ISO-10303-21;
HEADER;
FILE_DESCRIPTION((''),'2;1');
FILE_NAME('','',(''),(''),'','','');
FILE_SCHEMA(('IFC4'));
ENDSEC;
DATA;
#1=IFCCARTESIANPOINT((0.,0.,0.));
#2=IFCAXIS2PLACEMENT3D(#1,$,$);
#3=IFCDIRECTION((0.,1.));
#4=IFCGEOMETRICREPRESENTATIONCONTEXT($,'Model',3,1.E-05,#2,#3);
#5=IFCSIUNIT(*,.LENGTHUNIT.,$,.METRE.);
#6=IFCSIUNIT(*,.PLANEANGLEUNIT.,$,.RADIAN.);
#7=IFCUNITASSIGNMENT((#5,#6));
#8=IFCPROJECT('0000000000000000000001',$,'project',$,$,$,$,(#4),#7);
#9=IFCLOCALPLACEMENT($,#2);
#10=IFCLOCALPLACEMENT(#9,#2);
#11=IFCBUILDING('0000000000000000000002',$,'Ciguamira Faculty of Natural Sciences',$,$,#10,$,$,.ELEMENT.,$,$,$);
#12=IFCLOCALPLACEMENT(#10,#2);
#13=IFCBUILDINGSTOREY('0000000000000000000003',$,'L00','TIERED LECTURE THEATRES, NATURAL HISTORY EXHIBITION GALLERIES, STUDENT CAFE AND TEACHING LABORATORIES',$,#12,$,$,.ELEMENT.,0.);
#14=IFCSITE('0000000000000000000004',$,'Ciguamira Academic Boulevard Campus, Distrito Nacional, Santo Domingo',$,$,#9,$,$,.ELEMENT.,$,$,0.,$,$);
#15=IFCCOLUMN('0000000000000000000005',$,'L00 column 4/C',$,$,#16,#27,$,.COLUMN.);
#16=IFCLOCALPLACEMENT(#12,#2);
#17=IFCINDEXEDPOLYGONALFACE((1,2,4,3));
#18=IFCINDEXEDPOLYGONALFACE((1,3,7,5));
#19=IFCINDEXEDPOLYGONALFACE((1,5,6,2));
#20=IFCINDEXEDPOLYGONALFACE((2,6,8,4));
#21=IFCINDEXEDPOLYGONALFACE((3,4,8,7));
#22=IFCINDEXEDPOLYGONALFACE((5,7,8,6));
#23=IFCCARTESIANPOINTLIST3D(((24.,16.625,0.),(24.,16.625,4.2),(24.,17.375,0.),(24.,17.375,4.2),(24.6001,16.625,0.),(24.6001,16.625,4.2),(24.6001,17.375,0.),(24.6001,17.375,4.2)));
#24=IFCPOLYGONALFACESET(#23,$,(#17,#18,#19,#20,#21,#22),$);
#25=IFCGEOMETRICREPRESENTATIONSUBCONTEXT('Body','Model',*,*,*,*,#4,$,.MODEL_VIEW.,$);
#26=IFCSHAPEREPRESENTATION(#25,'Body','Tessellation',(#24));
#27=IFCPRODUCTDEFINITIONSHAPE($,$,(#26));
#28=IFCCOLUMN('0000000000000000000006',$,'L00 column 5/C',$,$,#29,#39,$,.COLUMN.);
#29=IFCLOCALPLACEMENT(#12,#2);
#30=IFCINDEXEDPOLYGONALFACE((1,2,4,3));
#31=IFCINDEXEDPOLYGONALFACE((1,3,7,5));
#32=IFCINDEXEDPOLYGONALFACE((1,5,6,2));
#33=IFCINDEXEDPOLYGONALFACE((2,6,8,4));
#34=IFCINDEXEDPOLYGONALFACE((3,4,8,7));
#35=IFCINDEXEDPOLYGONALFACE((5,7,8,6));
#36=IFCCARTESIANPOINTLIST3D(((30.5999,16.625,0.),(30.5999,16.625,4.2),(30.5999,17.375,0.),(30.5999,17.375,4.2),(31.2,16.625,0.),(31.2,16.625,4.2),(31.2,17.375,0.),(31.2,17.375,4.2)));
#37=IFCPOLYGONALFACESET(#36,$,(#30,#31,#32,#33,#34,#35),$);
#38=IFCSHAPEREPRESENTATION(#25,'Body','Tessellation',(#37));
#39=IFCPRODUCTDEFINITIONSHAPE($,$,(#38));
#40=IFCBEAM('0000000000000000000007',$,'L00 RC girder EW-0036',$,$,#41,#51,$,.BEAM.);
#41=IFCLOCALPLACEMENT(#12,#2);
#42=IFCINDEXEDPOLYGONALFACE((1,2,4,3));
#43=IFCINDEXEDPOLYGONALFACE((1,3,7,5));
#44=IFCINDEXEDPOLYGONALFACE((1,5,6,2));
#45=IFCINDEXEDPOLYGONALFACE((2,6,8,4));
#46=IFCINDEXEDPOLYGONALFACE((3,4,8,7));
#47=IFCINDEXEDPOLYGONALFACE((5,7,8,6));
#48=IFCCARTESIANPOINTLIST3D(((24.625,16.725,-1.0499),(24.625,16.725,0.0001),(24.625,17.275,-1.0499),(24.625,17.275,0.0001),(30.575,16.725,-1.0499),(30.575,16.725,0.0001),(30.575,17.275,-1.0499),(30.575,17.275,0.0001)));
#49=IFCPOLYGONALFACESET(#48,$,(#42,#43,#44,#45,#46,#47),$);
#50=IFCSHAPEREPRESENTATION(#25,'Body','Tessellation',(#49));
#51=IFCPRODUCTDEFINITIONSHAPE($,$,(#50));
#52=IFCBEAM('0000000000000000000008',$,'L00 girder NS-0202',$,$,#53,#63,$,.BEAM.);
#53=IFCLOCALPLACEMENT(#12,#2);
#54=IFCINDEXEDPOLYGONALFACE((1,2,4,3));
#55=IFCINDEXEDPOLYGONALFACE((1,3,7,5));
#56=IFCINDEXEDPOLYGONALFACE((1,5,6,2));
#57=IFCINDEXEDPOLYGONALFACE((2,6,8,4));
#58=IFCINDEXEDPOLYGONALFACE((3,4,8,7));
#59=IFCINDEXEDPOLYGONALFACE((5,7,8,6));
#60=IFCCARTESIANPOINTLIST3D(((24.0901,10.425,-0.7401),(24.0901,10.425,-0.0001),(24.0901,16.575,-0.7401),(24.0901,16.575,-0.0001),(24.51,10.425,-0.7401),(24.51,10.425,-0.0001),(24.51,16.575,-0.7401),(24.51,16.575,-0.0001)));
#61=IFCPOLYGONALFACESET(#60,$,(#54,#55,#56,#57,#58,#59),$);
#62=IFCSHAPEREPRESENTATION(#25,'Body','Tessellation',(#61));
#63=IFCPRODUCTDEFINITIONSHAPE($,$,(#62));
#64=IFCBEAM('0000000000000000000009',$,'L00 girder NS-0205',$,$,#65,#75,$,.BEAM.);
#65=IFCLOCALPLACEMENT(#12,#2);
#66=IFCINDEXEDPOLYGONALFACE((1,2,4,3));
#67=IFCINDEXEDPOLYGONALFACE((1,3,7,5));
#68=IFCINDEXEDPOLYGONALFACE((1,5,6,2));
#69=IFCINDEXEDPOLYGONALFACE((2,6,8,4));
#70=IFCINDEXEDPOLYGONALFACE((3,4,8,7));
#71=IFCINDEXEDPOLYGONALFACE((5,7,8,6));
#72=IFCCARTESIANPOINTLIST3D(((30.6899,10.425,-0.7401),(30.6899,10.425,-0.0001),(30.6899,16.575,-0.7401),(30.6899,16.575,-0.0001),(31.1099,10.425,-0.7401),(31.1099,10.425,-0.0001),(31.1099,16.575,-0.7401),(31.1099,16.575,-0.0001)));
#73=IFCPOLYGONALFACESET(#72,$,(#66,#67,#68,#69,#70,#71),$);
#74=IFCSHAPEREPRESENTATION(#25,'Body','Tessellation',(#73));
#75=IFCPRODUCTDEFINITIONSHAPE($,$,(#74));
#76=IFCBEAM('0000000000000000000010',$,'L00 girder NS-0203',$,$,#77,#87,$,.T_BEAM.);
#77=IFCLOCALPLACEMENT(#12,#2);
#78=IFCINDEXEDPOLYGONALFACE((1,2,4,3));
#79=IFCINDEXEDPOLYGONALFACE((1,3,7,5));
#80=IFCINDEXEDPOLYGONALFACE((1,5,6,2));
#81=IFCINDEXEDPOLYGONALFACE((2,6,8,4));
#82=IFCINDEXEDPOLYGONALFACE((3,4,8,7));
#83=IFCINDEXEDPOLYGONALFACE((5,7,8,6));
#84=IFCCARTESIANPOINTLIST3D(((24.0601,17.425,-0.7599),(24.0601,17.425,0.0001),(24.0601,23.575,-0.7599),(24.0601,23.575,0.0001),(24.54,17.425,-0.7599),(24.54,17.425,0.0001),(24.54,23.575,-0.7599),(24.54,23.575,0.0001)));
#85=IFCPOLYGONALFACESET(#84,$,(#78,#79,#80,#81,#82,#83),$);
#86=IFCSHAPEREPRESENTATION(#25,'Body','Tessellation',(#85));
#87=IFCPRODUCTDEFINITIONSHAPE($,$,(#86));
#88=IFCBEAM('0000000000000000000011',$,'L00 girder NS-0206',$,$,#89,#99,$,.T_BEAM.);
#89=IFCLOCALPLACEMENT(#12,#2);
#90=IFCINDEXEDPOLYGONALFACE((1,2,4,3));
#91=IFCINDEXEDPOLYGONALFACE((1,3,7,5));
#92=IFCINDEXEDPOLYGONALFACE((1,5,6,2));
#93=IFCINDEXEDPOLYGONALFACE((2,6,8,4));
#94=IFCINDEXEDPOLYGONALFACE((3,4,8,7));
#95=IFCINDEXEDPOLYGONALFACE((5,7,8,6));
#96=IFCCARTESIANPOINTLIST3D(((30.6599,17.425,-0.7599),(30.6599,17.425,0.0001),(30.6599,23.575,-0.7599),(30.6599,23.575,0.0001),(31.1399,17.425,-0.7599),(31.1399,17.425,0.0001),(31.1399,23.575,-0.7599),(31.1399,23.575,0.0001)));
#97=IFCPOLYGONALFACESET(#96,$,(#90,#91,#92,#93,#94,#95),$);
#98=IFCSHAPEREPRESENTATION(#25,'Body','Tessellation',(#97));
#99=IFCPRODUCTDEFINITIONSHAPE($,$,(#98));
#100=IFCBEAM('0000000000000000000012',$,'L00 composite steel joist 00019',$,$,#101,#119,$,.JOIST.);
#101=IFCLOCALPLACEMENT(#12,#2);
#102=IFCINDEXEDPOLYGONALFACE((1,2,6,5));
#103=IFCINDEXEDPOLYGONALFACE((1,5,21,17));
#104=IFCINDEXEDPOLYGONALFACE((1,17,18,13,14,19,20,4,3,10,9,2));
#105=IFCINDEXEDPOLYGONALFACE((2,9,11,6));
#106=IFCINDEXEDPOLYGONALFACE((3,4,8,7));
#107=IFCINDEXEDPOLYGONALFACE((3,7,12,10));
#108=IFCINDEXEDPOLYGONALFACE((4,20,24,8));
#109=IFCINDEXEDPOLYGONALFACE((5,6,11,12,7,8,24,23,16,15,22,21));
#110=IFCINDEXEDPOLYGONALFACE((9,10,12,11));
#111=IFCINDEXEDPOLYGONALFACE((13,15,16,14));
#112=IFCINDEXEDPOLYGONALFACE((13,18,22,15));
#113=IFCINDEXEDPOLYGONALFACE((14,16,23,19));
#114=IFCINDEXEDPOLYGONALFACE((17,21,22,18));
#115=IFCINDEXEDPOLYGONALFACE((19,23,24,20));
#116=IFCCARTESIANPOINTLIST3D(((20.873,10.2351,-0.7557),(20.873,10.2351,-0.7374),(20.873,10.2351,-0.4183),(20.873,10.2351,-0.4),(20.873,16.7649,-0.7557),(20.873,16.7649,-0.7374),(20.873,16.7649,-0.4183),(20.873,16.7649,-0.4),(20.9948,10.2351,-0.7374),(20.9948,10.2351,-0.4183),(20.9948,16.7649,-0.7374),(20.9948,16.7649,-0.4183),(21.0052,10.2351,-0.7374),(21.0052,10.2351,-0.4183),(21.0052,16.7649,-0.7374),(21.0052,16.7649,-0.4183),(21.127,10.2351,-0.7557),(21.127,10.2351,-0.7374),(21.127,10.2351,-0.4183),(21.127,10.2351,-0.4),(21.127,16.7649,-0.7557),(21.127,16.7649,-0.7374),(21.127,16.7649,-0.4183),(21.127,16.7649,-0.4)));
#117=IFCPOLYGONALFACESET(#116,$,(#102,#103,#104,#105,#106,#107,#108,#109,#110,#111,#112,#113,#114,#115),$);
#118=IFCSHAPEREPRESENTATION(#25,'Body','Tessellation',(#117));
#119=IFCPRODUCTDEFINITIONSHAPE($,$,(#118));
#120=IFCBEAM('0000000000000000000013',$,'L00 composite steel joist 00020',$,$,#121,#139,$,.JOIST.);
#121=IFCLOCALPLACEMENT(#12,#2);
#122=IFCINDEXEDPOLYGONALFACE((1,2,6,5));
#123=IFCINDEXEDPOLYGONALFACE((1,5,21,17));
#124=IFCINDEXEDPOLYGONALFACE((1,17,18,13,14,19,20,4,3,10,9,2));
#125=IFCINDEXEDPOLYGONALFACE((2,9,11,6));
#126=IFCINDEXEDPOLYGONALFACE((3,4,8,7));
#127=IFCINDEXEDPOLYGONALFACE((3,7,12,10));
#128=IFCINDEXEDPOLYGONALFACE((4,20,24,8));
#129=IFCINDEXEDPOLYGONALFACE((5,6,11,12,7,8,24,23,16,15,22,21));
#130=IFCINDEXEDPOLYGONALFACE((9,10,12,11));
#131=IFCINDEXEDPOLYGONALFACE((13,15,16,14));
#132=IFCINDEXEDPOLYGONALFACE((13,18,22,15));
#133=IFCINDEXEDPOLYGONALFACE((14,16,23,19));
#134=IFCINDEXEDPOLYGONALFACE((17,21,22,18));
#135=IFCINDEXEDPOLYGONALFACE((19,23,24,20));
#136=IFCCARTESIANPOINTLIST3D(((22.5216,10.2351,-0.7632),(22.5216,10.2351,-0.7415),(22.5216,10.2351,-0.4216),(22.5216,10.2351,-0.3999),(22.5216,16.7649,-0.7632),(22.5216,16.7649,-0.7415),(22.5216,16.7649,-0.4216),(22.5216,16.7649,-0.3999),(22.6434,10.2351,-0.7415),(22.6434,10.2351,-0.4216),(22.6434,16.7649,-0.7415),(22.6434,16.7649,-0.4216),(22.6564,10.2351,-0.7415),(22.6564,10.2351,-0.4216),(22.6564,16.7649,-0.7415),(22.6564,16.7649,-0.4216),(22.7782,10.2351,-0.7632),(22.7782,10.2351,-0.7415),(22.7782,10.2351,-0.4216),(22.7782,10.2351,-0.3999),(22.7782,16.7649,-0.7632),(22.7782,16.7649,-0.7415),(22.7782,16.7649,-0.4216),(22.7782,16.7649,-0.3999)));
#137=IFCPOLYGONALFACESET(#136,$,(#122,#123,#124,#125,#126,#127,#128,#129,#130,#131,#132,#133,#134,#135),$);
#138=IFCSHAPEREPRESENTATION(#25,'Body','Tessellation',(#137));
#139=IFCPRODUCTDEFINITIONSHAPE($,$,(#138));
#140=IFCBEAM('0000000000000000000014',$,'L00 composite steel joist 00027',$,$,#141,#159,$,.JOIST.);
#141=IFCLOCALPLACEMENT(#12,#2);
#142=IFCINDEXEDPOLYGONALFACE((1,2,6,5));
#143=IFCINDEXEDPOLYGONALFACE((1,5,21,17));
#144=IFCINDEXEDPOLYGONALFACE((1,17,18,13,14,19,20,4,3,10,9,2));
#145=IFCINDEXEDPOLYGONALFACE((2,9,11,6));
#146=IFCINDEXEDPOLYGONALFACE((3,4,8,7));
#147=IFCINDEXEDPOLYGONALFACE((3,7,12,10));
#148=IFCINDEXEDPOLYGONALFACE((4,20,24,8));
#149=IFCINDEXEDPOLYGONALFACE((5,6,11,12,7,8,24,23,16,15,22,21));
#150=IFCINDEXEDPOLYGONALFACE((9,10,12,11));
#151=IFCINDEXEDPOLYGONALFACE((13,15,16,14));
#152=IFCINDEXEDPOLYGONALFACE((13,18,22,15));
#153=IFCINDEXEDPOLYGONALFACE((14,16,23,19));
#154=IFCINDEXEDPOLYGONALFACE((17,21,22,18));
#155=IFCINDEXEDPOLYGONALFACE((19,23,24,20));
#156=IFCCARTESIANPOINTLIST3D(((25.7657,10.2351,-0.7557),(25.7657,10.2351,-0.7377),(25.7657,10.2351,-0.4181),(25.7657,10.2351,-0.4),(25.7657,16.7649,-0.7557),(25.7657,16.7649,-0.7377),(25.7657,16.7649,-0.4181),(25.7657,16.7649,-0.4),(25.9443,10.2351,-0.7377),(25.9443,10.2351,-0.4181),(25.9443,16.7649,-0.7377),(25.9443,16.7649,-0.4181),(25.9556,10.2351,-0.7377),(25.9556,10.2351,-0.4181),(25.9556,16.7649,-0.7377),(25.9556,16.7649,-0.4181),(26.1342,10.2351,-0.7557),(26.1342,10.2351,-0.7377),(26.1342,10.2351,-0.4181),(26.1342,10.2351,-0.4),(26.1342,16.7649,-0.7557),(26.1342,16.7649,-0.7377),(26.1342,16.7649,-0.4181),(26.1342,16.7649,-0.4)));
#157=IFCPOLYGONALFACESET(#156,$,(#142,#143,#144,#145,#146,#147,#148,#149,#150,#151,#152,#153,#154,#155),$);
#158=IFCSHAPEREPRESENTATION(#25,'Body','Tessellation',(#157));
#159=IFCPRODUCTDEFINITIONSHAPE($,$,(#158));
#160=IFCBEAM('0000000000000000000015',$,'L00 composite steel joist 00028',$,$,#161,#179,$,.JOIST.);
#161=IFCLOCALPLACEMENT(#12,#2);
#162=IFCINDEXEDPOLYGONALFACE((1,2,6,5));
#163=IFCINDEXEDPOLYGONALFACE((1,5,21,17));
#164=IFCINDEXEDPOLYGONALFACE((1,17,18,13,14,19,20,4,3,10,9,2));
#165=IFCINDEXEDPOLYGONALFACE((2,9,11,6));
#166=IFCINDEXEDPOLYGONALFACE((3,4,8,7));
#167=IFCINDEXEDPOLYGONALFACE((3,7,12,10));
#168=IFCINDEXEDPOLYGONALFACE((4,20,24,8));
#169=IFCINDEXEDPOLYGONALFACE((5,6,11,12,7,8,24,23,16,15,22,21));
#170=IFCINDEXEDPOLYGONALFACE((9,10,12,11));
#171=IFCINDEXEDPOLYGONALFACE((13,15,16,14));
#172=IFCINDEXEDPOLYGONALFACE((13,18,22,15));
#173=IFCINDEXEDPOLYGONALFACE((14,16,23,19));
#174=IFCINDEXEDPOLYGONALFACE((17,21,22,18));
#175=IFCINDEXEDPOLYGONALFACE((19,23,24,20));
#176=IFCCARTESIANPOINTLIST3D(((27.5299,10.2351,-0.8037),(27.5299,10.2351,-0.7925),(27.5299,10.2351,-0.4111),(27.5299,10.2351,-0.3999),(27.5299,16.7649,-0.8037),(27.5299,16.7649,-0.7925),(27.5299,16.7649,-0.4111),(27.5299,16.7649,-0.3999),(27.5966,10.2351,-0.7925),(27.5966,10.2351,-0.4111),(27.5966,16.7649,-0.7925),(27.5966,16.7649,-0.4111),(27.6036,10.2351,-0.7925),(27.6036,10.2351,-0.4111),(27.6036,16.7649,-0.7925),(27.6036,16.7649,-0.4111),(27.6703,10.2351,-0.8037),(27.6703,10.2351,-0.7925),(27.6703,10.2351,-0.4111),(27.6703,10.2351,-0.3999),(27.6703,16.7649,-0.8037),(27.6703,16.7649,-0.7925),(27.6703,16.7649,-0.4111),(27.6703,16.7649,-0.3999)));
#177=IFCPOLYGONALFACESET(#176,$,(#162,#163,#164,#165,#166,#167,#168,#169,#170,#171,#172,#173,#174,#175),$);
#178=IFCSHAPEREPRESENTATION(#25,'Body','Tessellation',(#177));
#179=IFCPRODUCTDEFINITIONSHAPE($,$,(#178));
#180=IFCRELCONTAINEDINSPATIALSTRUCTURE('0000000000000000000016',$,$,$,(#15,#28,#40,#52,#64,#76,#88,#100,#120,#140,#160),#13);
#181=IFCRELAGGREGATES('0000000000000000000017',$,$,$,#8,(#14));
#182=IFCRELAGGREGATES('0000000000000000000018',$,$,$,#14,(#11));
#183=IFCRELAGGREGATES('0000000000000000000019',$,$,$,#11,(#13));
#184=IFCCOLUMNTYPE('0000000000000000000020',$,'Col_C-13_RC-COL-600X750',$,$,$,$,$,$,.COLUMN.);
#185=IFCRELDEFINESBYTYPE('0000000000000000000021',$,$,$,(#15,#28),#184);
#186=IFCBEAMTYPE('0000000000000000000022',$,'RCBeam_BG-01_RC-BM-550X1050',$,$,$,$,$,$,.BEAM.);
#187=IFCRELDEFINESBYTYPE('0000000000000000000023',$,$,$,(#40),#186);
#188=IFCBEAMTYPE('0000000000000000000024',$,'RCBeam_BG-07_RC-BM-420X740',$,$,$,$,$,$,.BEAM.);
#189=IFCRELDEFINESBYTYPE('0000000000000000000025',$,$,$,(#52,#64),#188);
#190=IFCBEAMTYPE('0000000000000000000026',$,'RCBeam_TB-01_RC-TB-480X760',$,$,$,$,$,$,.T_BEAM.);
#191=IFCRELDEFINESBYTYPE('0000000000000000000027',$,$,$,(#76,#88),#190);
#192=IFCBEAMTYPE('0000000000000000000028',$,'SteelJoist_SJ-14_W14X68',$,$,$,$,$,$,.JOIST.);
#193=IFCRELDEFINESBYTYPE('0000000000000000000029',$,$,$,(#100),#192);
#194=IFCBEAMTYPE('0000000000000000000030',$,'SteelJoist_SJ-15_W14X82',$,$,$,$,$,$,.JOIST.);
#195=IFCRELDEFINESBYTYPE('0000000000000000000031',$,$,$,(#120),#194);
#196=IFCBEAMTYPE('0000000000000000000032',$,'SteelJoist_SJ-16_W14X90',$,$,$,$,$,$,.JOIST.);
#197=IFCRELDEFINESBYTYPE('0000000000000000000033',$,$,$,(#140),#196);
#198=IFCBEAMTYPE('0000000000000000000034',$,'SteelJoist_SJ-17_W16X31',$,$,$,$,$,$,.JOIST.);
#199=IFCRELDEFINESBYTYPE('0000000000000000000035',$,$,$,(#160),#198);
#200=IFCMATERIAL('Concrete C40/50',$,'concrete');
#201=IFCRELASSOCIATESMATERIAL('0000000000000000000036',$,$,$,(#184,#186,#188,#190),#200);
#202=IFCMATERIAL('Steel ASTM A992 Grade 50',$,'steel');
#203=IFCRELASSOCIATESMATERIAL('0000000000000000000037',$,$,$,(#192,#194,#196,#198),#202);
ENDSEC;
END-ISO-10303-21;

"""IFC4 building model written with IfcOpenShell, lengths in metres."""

from ifc_helpers import new_model, si_unit, direction, frame, origin, origin_2d, place, context, subcontext, project, spatial, rectangle, i_section, extrude, material, material_profile, profile_set, type_object, element, save


model = new_model("IFC4")

# Units and contexts
model_context = context("Model", 3, precision=1e-05, world=origin(), true_north=direction((0.0, 1.0)))
body_context = subcontext(model_context, "Body", "Model", "MODEL_VIEW")
ifc_project = project(units=[si_unit("LENGTHUNIT", "METRE"), si_unit("PLANEANGLEUNIT", "RADIAN")], contexts=[model_context])

# Site, building, storey
site_placement = place(None, origin())
site = spatial("IfcSite", under=ifc_project, at=site_placement, Name="Ciguamira Academic Boulevard Campus, Distrito Nacional, Santo Domingo", CompositionType="ELEMENT", RefElevation=0.0)
building_placement = place(site_placement, origin())
building = spatial("IfcBuilding", under=site, at=building_placement, Name="Ciguamira Faculty of Natural Sciences", CompositionType="ELEMENT")
storey_placement = place(building_placement, origin())
storey = spatial("IfcBuildingStorey", under=building, at=storey_placement, Name="L00", Description="TIERED LECTURE THEATRES, NATURAL HISTORY EXHIBITION GALLERIES, STUDENT CAFE AND TEACHING LABORATORIES", CompositionType="ELEMENT", Elevation=0.0)

# Columns
ifc_material_1 = material(Name="Concrete C40/50", Category="concrete")
ifc_material_profile_1 = material_profile(ifc_material_1, rectangle(XDim=0.6001, YDim=0.75, at=origin_2d()), Name="RC-COL-600X750")
ifc_profile_set_1 = profile_set([ifc_material_profile_1], Name="Concrete C40/50")
column_type = type_object("IfcColumnType", Name="Col_C-13_RC-COL-600X750", PredefinedType="COLUMN", material=ifc_profile_set_1)
for number, where, z_axis, x_axis, name in (
    (1, (24.3, 17.0, 0.0), (0.0, 0.0, 1.0), (1.0, 0.0, 0.0), "L00 column 4/C"),
    (2, (30.8999, 17.0, 0.0), (0.0, 0.0, 1.0), (1.0, 0.0, 0.0), "L00 column 5/C"),
):
    element("IfcColumn", number, at=place(storey_placement, frame(where, z_axis=z_axis, x_axis=x_axis)), inside=storey, type_object=column_type, Name=name, PredefinedType="COLUMN", context=body_context, shape_type="SweptSolid", body=[
        extrude(rectangle(XDim=0.6001, YDim=0.75, at=origin_2d()), origin(), (0.0, 0.0, 1.0), 4.2),
    ])

# Beams
ifc_material_profile_2 = material_profile(ifc_material_1, rectangle(XDim=0.55, YDim=1.05, at=origin_2d()), Name="RC-BM-550X1050")
ifc_profile_set_2 = profile_set([ifc_material_profile_2], Name="Concrete C40/50")
beam_type_1 = type_object("IfcBeamType", Name="RCBeam_BG-01_RC-BM-550X1050", PredefinedType="BEAM", material=ifc_profile_set_2)
beam_1_placement = place(storey_placement, frame((24.625, 17.0, -0.5249), z_axis=(1.0, 0.0, 0.0), x_axis=(0.0, 1.0, 0.0)))
element("IfcBeam", 3, at=beam_1_placement, inside=storey, type_object=beam_type_1, Name="L00 RC girder EW-0036", PredefinedType="BEAM", context=body_context, shape_type="SweptSolid", body=[
    extrude(rectangle(XDim=0.55, YDim=1.05, at=origin_2d()), origin(), (0.0, 0.0, 1.0), 5.95),
])
ifc_material_profile_3 = material_profile(ifc_material_1, rectangle(XDim=0.4199, YDim=0.74, at=origin_2d()), Name="RC-BM-420X740")
ifc_profile_set_3 = profile_set([ifc_material_profile_3], Name="Concrete C40/50")
beam_type_2 = type_object("IfcBeamType", Name="RCBeam_BG-07_RC-BM-420X740", PredefinedType="BEAM", material=ifc_profile_set_3)
for number, where, z_axis, x_axis, name in (
    (4, (24.3, 10.425, -0.3701), (0.0, 1.0, 0.0), (-1.0, 0.0, 0.0), "L00 girder NS-0202"),
    (5, (30.8999, 10.425, -0.3701), (0.0, 1.0, 0.0), (-1.0, 0.0, 0.0), "L00 girder NS-0205"),
):
    element("IfcBeam", number, at=place(storey_placement, frame(where, z_axis=z_axis, x_axis=x_axis)), inside=storey, type_object=beam_type_2, Name=name, PredefinedType="BEAM", context=body_context, shape_type="SweptSolid", body=[
        extrude(rectangle(XDim=0.4199, YDim=0.74, at=origin_2d()), origin(), (0.0, 0.0, 1.0), 6.1499),
    ])
ifc_material_profile_4 = material_profile(ifc_material_1, rectangle(XDim=0.48, YDim=0.76, at=origin_2d()), Name="RC-TB-480X760")
ifc_profile_set_4 = profile_set([ifc_material_profile_4], Name="Concrete C40/50")
beam_type_3 = type_object("IfcBeamType", Name="RCBeam_TB-01_RC-TB-480X760", PredefinedType="T_BEAM", material=ifc_profile_set_4)
for number, where, z_axis, x_axis, name in (
    (6, (24.3, 17.425, -0.3799), (0.0, 1.0, 0.0), (-1.0, 0.0, 0.0), "L00 girder NS-0203"),
    (7, (30.8999, 17.425, -0.3799), (0.0, 1.0, 0.0), (-1.0, 0.0, 0.0), "L00 girder NS-0206"),
):
    element("IfcBeam", number, at=place(storey_placement, frame(where, z_axis=z_axis, x_axis=x_axis)), inside=storey, type_object=beam_type_3, Name=name, PredefinedType="T_BEAM", context=body_context, shape_type="SweptSolid", body=[
        extrude(rectangle(XDim=0.48, YDim=0.76, at=origin_2d()), origin(), (0.0, 0.0, 1.0), 6.1499),
    ])
ifc_material_2 = material(Name="Steel ASTM A992 Grade 50", Category="steel")
ifc_material_profile_5 = material_profile(ifc_material_2, i_section(OverallWidth=0.2539, OverallDepth=0.3557, WebThickness=0.0105, FlangeThickness=0.0183, at=origin_2d()), Name="W14X68")
ifc_profile_set_5 = profile_set([ifc_material_profile_5], Name="Steel ASTM A992 Grade 50")
beam_type_4 = type_object("IfcBeamType", Name="SteelJoist_SJ-14_W14X68", PredefinedType="JOIST", material=ifc_profile_set_5)
beam_2_placement = place(storey_placement, frame((21.0, 10.2351, -0.5779), z_axis=(0.0, 1.0, 0.0), x_axis=(-1.0, 0.0, 0.0)))
element("IfcBeam", 8, at=beam_2_placement, inside=storey, type_object=beam_type_4, Name="L00 composite steel joist 00019", PredefinedType="JOIST", context=body_context, shape_type="SweptSolid", body=[
    extrude(i_section(OverallWidth=0.2539, OverallDepth=0.3557, WebThickness=0.0105, FlangeThickness=0.0183, at=origin_2d()), origin(), (0.0, 0.0, 1.0), 6.5298),
])
ifc_material_profile_6 = material_profile(ifc_material_2, i_section(OverallWidth=0.2566, OverallDepth=0.3633, WebThickness=0.0129, FlangeThickness=0.0217, at=origin_2d()), Name="W14X82")
ifc_profile_set_6 = profile_set([ifc_material_profile_6], Name="Steel ASTM A992 Grade 50")
beam_type_5 = type_object("IfcBeamType", Name="SteelJoist_SJ-15_W14X82", PredefinedType="JOIST", material=ifc_profile_set_6)
beam_3_placement = place(storey_placement, frame((22.6499, 10.2351, -0.5815), z_axis=(0.0, 1.0, 0.0), x_axis=(-1.0, 0.0, 0.0)))
element("IfcBeam", 9, at=beam_3_placement, inside=storey, type_object=beam_type_5, Name="L00 composite steel joist 00020", PredefinedType="JOIST", context=body_context, shape_type="SweptSolid", body=[
    extrude(i_section(OverallWidth=0.2566, OverallDepth=0.3633, WebThickness=0.0129, FlangeThickness=0.0217, at=origin_2d()), origin(), (0.0, 0.0, 1.0), 6.5298),
])
ifc_material_profile_7 = material_profile(ifc_material_2, i_section(OverallWidth=0.3684, OverallDepth=0.3557, WebThickness=0.0112, FlangeThickness=0.0181, at=origin_2d()), Name="W14X90")
ifc_profile_set_7 = profile_set([ifc_material_profile_7], Name="Steel ASTM A992 Grade 50")
beam_type_6 = type_object("IfcBeamType", Name="SteelJoist_SJ-16_W14X90", PredefinedType="JOIST", material=ifc_profile_set_7)
beam_4_placement = place(storey_placement, frame((25.95, 10.2351, -0.5779), z_axis=(0.0, 1.0, 0.0), x_axis=(-1.0, 0.0, 0.0)))
element("IfcBeam", 10, at=beam_4_placement, inside=storey, type_object=beam_type_6, Name="L00 composite steel joist 00027", PredefinedType="JOIST", context=body_context, shape_type="SweptSolid", body=[
    extrude(i_section(OverallWidth=0.3684, OverallDepth=0.3557, WebThickness=0.0112, FlangeThickness=0.0181, at=origin_2d()), origin(), (0.0, 0.0, 1.0), 6.5298),
])
ifc_material_profile_8 = material_profile(ifc_material_2, i_section(OverallWidth=0.1404, OverallDepth=0.4038, WebThickness=0.0071, FlangeThickness=0.0112, at=origin_2d()), Name="W16X31")
ifc_profile_set_8 = profile_set([ifc_material_profile_8], Name="Steel ASTM A992 Grade 50")
beam_type_7 = type_object("IfcBeamType", Name="SteelJoist_SJ-17_W16X31", PredefinedType="JOIST", material=ifc_profile_set_8)
beam_5_placement = place(storey_placement, frame((27.6001, 10.2351, -0.6018), z_axis=(0.0, 1.0, 0.0), x_axis=(-1.0, 0.0, 0.0)))
element("IfcBeam", 11, at=beam_5_placement, inside=storey, type_object=beam_type_7, Name="L00 composite steel joist 00028", PredefinedType="JOIST", context=body_context, shape_type="SweptSolid", body=[
    extrude(i_section(OverallWidth=0.1404, OverallDepth=0.4038, WebThickness=0.0071, FlangeThickness=0.0112, at=origin_2d()), origin(), (0.0, 0.0, 1.0), 6.5298),
])

save(model, "model.ifc")
